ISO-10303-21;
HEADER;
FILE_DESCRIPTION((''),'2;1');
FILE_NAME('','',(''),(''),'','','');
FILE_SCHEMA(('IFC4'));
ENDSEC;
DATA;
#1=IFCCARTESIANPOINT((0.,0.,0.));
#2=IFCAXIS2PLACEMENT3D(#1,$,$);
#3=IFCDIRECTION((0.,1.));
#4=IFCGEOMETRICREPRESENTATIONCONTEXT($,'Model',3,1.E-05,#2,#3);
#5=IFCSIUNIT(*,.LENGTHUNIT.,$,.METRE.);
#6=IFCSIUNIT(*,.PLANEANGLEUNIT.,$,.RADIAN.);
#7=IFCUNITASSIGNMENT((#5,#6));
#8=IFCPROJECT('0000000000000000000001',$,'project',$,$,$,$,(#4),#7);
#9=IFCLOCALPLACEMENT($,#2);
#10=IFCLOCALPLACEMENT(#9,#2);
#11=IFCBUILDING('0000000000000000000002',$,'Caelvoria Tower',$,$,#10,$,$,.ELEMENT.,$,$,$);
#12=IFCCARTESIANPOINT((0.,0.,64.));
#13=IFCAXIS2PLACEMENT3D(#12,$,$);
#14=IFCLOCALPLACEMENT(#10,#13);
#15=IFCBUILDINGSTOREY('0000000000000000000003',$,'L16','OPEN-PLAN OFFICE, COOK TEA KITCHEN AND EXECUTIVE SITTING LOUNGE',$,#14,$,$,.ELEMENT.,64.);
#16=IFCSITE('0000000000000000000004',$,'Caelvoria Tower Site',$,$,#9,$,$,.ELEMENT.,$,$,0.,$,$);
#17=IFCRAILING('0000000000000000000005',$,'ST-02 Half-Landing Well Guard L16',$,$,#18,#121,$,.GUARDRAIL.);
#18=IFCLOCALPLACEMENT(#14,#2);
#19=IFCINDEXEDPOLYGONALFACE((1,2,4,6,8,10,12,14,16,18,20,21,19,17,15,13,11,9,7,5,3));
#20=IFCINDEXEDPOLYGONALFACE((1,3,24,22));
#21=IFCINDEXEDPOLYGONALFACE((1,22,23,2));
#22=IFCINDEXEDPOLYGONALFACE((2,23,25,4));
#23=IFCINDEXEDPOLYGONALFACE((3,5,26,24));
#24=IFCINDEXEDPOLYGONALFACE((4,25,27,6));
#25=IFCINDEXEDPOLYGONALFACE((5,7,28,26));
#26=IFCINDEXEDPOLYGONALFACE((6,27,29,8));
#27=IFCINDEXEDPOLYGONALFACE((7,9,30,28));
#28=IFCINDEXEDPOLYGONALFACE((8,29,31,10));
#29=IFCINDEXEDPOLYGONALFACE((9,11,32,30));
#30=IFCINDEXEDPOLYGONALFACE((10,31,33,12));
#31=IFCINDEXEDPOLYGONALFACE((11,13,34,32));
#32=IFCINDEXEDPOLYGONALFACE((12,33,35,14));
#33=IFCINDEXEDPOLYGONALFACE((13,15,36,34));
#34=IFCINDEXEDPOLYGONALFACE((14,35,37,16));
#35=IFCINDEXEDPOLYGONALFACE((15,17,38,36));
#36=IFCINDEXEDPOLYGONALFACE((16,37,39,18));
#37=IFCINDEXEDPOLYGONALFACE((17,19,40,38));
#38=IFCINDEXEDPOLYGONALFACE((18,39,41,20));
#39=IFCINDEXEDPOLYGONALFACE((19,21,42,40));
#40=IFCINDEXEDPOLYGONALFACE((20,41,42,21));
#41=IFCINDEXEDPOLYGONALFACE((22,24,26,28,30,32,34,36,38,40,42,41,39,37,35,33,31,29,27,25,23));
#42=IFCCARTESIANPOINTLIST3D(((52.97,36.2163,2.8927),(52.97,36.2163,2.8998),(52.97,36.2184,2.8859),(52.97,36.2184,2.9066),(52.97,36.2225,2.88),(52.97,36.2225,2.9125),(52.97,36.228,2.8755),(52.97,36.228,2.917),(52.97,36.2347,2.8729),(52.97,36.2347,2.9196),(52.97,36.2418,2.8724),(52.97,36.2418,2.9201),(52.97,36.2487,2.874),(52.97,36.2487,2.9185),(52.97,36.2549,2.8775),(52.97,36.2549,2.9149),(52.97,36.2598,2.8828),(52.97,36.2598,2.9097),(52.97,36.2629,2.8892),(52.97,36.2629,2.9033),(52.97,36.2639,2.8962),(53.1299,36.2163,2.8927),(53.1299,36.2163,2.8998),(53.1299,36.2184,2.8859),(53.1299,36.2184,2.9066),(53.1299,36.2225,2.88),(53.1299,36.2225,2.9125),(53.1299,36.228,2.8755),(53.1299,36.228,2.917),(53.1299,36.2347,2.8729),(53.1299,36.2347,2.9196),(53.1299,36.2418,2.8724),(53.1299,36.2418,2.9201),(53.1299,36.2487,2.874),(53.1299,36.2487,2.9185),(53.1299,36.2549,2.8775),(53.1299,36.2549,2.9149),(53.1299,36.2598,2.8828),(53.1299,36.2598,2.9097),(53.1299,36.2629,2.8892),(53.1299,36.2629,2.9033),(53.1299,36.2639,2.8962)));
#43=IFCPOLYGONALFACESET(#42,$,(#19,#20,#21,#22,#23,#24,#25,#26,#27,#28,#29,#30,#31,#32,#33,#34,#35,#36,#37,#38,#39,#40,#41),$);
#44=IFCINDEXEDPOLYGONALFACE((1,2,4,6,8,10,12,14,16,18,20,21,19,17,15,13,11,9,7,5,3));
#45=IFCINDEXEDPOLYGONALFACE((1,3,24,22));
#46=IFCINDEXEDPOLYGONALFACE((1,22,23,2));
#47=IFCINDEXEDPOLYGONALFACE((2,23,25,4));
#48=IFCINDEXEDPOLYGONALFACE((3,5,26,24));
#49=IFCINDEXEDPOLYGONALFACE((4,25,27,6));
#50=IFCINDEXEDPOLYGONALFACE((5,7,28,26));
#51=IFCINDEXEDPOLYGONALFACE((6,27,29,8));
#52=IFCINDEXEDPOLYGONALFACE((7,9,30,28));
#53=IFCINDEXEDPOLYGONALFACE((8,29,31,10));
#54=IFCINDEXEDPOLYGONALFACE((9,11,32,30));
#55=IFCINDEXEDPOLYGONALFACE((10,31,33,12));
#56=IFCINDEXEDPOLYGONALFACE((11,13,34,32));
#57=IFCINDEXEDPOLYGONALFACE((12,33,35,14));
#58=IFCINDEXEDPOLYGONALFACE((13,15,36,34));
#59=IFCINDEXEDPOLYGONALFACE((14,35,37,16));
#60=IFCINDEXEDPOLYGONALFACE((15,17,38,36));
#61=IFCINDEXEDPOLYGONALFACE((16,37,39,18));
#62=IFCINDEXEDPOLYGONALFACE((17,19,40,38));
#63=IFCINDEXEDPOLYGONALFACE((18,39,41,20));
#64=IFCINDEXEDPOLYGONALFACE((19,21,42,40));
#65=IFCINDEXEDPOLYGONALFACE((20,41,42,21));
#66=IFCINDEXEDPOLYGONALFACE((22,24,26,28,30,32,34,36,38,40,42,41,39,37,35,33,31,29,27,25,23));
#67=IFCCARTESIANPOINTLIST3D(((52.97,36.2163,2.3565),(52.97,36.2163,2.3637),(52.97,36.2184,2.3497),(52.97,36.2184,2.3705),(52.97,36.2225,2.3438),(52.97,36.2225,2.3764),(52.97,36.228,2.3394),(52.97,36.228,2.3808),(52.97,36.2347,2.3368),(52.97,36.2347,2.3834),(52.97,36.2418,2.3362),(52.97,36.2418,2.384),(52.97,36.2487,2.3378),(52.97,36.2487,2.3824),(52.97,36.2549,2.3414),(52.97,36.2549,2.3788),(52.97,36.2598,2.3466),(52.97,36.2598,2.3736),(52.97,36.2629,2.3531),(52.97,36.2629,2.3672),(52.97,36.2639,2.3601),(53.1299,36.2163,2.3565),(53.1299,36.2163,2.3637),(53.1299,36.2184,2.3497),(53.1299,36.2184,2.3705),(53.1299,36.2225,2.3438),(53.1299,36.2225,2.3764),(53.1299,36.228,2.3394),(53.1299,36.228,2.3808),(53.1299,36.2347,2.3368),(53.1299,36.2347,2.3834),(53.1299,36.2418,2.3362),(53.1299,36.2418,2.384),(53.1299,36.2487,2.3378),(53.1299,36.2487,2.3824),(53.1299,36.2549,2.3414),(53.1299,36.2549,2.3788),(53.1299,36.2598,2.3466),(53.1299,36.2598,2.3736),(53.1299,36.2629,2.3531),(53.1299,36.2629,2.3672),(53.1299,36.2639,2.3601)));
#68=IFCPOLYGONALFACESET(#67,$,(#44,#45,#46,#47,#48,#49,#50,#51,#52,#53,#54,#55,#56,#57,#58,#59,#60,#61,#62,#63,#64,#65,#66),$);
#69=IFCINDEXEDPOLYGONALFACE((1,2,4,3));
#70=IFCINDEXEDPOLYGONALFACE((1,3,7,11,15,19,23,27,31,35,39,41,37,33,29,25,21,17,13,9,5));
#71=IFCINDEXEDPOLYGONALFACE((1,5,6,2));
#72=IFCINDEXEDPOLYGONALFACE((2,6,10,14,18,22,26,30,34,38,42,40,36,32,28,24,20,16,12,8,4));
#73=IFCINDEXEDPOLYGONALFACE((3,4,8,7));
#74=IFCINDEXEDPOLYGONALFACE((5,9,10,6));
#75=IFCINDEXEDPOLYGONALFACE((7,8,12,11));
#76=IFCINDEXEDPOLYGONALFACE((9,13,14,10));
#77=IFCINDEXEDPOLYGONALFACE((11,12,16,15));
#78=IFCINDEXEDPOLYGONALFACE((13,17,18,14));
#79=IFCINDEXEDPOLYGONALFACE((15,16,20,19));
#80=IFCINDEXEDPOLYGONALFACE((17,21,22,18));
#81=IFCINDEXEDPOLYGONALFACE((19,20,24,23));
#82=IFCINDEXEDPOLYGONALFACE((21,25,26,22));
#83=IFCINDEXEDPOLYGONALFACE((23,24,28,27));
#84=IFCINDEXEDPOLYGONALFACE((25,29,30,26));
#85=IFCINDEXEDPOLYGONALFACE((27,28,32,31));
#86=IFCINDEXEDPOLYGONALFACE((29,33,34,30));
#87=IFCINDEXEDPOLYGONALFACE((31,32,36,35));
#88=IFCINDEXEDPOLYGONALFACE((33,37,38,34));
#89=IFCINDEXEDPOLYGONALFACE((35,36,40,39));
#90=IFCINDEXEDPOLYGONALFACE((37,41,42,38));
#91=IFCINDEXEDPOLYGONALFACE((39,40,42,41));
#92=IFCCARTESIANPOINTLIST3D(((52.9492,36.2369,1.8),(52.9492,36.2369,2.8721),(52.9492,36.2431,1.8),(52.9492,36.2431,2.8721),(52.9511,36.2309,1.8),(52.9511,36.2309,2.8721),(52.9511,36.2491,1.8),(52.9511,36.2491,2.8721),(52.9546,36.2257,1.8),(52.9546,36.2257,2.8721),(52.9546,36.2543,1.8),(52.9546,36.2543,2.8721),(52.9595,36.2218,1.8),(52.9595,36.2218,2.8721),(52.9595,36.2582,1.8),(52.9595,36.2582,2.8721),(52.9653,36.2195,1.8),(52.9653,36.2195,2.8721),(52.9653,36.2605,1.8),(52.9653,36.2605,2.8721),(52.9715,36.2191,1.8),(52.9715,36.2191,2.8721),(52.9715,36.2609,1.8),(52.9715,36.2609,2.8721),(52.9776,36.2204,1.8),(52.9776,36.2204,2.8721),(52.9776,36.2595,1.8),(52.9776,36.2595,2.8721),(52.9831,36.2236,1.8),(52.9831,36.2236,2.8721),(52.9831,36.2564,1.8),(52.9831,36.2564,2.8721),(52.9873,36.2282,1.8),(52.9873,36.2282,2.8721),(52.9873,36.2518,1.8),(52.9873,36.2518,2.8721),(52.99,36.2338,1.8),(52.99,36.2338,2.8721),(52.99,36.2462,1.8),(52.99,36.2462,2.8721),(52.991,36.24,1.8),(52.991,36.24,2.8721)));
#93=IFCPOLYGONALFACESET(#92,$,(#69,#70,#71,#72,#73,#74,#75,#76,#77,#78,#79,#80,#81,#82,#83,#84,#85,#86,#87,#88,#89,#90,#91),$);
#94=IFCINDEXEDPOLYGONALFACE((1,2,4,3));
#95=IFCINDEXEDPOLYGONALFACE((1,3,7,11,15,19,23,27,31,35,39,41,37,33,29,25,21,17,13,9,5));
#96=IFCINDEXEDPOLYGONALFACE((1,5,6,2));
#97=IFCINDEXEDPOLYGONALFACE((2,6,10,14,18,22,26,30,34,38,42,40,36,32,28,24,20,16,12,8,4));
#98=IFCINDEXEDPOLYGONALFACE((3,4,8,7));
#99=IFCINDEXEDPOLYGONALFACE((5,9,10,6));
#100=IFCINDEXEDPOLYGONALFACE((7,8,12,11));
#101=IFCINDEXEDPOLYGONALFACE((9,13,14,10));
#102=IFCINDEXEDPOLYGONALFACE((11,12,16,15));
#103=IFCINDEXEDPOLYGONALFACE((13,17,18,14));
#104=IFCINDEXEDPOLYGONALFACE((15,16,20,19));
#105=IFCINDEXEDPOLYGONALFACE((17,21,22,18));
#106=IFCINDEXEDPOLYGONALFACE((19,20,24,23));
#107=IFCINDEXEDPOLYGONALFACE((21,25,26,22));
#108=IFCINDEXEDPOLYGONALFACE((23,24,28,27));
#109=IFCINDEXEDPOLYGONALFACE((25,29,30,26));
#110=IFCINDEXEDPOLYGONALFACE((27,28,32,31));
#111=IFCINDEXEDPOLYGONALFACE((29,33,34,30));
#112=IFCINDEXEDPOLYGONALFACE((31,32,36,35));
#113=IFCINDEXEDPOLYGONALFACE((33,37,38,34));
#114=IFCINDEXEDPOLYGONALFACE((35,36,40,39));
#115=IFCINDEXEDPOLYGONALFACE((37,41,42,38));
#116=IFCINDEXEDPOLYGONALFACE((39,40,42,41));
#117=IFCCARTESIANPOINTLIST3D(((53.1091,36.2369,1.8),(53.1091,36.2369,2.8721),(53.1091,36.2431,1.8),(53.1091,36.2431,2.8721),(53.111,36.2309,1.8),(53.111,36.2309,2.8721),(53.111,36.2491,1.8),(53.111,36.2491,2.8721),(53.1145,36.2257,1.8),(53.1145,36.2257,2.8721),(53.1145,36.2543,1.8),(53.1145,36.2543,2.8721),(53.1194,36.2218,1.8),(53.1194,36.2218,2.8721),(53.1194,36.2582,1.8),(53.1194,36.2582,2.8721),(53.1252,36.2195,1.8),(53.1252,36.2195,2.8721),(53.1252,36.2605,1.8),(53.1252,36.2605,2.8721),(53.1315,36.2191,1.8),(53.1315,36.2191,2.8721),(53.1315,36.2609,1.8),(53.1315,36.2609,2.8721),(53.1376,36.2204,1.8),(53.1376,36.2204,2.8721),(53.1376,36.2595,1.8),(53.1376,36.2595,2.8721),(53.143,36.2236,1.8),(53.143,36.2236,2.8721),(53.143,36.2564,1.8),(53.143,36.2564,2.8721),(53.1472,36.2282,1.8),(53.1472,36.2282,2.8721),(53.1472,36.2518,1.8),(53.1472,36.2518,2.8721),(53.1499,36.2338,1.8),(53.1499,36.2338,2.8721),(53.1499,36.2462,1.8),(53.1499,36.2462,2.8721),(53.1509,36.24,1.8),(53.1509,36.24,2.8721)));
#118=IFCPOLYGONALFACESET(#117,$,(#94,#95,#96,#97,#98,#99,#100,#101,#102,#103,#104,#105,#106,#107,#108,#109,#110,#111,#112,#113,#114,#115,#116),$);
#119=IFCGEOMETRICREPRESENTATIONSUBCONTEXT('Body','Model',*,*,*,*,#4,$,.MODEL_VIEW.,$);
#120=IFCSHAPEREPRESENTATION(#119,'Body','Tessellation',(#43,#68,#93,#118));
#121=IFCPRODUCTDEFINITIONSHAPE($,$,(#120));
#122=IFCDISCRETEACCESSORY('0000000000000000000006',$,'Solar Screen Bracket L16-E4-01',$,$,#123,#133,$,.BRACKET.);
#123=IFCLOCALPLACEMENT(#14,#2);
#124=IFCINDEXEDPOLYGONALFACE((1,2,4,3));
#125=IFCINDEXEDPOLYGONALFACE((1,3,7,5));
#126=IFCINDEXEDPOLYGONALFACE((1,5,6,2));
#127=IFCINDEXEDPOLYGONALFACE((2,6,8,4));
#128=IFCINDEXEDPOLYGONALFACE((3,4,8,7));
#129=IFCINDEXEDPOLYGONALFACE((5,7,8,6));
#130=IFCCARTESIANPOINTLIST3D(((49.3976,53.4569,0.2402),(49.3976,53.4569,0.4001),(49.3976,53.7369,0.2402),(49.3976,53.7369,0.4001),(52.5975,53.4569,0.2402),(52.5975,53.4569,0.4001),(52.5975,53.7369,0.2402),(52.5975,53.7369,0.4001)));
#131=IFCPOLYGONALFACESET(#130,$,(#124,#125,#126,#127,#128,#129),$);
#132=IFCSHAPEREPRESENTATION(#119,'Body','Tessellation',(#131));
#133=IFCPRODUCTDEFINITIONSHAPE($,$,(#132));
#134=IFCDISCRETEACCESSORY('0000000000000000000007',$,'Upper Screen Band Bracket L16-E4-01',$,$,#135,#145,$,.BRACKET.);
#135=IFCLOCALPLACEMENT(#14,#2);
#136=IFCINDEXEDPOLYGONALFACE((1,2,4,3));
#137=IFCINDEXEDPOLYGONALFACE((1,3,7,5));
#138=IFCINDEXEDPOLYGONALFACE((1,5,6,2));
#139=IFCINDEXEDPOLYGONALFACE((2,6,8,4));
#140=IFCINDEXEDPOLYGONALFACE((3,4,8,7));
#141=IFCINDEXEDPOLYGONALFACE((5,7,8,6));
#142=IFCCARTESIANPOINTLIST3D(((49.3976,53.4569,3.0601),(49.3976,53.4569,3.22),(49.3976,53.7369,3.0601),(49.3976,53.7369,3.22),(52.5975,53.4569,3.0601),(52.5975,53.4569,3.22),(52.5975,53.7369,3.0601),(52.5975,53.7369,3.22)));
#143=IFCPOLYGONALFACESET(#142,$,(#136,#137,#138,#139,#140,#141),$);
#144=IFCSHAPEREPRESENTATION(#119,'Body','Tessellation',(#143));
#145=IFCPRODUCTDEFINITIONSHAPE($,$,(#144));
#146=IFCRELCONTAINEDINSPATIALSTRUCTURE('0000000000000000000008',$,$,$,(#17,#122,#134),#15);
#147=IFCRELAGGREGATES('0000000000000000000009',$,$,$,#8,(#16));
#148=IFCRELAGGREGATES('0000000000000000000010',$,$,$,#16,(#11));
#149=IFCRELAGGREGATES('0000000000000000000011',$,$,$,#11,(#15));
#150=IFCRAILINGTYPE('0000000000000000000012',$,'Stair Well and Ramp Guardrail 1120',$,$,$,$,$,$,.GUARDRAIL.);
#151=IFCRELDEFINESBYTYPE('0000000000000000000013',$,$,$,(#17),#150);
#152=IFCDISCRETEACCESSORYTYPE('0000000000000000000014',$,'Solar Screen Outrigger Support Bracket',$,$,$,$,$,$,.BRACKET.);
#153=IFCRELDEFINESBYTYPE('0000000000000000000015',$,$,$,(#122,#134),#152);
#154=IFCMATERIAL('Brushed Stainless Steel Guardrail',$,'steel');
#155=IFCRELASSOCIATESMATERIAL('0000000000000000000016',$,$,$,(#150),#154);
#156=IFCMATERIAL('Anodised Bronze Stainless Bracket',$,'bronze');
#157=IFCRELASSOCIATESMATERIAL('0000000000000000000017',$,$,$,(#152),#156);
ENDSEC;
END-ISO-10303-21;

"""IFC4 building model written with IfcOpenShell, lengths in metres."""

from ifc_helpers import new_model, si_unit, direction, frame, origin, origin_2d, place, context, subcontext, project, spatial, rectangle, circle, extrude, material, type_object, element, save


model = new_model("IFC4")

# Units and contexts
model_context = context("Model", 3, precision=1e-05, world=origin(), true_north=direction((0.0, 1.0)))
body_context = subcontext(model_context, "Body", "Model", "MODEL_VIEW")
ifc_project = project(units=[si_unit("LENGTHUNIT", "METRE"), si_unit("PLANEANGLEUNIT", "RADIAN")], contexts=[model_context])

# Site, building, storey
site_placement = place(None, origin())
site = spatial("IfcSite", under=ifc_project, at=site_placement, Name="Caelvoria Tower Site", CompositionType="ELEMENT", RefElevation=0.0)
building_placement = place(site_placement, origin())
building = spatial("IfcBuilding", under=site, at=building_placement, Name="Caelvoria Tower", CompositionType="ELEMENT")
storey_placement = place(building_placement, frame((0.0, 0.0, 64.0)))
storey = spatial("IfcBuildingStorey", under=building, at=storey_placement, Name="L16", Description="OPEN-PLAN OFFICE, COOK TEA KITCHEN AND EXECUTIVE SITTING LOUNGE", CompositionType="ELEMENT", Elevation=64.0)

# Railing
ifc_material_1 = material(Name="Brushed Stainless Steel Guardrail", Category="steel")
railing_type_1 = type_object("IfcRailingType", Name="Stair Well and Ramp Guardrail 1120", PredefinedType="GUARDRAIL", material=ifc_material_1)
railing_1_placement = place(storey_placement, frame((52.97, 36.24, 1.8)))
element("IfcRailing", 1, at=railing_1_placement, inside=storey, type_object=railing_type_1, Name="ST-02 Half-Landing Well Guard L16", PredefinedType="GUARDRAIL", context=body_context, shape_type="SweptSolid", body=[
    extrude(circle(Radius=0.0239, at=origin_2d()), frame((0.0, 0.0, 1.0962), z_axis=(1.0, 0.0, 0.0), x_axis=(0.0, 1.0, 0.0)), (0.0, 0.0, 1.0), 0.1599),
    extrude(circle(Radius=0.0239, at=origin_2d()), frame((0.0, 0.0, 0.5601), z_axis=(1.0, 0.0, 0.0), x_axis=(0.0, 1.0, 0.0)), (0.0, 0.0, 1.0), 0.1599),
    extrude(circle(Radius=0.021, at=origin_2d()), origin(), (0.0, 0.0, 1.0), 1.072),
    extrude(circle(Radius=0.021, at=origin_2d()), frame((0.1599, 0.0, 0.0)), (0.0, 0.0, 1.0), 1.072),
])

# Discrete accessories
ifc_material_2 = material(Name="Anodised Bronze Stainless Bracket", Category="bronze")
discrete_accessory_type = type_object("IfcDiscreteAccessoryType", Name="Solar Screen Outrigger Support Bracket", PredefinedType="BRACKET", material=ifc_material_2)
for number, where, z_axis, x_axis, name in (
    (2, (50.9976, 53.5969, 0.2402), (0.0, 0.0, 1.0), (-1.0, 0.0, 0.0), "Solar Screen Bracket L16-E4-01"),
    (3, (50.9976, 53.5969, 3.0601), (0.0, 0.0, 1.0), (-1.0, 0.0, 0.0), "Upper Screen Band Bracket L16-E4-01"),
):
    element("IfcDiscreteAccessory", number, at=place(storey_placement, frame(where, z_axis=z_axis, x_axis=x_axis)), inside=storey, type_object=discrete_accessory_type, Name=name, PredefinedType="BRACKET", context=body_context, shape_type="SweptSolid", body=[
        extrude(rectangle(XDim=3.2, YDim=0.28, at=origin_2d()), origin(), (0.0, 0.0, 1.0), 0.1599),
    ])

save(model, "model.ifc")
